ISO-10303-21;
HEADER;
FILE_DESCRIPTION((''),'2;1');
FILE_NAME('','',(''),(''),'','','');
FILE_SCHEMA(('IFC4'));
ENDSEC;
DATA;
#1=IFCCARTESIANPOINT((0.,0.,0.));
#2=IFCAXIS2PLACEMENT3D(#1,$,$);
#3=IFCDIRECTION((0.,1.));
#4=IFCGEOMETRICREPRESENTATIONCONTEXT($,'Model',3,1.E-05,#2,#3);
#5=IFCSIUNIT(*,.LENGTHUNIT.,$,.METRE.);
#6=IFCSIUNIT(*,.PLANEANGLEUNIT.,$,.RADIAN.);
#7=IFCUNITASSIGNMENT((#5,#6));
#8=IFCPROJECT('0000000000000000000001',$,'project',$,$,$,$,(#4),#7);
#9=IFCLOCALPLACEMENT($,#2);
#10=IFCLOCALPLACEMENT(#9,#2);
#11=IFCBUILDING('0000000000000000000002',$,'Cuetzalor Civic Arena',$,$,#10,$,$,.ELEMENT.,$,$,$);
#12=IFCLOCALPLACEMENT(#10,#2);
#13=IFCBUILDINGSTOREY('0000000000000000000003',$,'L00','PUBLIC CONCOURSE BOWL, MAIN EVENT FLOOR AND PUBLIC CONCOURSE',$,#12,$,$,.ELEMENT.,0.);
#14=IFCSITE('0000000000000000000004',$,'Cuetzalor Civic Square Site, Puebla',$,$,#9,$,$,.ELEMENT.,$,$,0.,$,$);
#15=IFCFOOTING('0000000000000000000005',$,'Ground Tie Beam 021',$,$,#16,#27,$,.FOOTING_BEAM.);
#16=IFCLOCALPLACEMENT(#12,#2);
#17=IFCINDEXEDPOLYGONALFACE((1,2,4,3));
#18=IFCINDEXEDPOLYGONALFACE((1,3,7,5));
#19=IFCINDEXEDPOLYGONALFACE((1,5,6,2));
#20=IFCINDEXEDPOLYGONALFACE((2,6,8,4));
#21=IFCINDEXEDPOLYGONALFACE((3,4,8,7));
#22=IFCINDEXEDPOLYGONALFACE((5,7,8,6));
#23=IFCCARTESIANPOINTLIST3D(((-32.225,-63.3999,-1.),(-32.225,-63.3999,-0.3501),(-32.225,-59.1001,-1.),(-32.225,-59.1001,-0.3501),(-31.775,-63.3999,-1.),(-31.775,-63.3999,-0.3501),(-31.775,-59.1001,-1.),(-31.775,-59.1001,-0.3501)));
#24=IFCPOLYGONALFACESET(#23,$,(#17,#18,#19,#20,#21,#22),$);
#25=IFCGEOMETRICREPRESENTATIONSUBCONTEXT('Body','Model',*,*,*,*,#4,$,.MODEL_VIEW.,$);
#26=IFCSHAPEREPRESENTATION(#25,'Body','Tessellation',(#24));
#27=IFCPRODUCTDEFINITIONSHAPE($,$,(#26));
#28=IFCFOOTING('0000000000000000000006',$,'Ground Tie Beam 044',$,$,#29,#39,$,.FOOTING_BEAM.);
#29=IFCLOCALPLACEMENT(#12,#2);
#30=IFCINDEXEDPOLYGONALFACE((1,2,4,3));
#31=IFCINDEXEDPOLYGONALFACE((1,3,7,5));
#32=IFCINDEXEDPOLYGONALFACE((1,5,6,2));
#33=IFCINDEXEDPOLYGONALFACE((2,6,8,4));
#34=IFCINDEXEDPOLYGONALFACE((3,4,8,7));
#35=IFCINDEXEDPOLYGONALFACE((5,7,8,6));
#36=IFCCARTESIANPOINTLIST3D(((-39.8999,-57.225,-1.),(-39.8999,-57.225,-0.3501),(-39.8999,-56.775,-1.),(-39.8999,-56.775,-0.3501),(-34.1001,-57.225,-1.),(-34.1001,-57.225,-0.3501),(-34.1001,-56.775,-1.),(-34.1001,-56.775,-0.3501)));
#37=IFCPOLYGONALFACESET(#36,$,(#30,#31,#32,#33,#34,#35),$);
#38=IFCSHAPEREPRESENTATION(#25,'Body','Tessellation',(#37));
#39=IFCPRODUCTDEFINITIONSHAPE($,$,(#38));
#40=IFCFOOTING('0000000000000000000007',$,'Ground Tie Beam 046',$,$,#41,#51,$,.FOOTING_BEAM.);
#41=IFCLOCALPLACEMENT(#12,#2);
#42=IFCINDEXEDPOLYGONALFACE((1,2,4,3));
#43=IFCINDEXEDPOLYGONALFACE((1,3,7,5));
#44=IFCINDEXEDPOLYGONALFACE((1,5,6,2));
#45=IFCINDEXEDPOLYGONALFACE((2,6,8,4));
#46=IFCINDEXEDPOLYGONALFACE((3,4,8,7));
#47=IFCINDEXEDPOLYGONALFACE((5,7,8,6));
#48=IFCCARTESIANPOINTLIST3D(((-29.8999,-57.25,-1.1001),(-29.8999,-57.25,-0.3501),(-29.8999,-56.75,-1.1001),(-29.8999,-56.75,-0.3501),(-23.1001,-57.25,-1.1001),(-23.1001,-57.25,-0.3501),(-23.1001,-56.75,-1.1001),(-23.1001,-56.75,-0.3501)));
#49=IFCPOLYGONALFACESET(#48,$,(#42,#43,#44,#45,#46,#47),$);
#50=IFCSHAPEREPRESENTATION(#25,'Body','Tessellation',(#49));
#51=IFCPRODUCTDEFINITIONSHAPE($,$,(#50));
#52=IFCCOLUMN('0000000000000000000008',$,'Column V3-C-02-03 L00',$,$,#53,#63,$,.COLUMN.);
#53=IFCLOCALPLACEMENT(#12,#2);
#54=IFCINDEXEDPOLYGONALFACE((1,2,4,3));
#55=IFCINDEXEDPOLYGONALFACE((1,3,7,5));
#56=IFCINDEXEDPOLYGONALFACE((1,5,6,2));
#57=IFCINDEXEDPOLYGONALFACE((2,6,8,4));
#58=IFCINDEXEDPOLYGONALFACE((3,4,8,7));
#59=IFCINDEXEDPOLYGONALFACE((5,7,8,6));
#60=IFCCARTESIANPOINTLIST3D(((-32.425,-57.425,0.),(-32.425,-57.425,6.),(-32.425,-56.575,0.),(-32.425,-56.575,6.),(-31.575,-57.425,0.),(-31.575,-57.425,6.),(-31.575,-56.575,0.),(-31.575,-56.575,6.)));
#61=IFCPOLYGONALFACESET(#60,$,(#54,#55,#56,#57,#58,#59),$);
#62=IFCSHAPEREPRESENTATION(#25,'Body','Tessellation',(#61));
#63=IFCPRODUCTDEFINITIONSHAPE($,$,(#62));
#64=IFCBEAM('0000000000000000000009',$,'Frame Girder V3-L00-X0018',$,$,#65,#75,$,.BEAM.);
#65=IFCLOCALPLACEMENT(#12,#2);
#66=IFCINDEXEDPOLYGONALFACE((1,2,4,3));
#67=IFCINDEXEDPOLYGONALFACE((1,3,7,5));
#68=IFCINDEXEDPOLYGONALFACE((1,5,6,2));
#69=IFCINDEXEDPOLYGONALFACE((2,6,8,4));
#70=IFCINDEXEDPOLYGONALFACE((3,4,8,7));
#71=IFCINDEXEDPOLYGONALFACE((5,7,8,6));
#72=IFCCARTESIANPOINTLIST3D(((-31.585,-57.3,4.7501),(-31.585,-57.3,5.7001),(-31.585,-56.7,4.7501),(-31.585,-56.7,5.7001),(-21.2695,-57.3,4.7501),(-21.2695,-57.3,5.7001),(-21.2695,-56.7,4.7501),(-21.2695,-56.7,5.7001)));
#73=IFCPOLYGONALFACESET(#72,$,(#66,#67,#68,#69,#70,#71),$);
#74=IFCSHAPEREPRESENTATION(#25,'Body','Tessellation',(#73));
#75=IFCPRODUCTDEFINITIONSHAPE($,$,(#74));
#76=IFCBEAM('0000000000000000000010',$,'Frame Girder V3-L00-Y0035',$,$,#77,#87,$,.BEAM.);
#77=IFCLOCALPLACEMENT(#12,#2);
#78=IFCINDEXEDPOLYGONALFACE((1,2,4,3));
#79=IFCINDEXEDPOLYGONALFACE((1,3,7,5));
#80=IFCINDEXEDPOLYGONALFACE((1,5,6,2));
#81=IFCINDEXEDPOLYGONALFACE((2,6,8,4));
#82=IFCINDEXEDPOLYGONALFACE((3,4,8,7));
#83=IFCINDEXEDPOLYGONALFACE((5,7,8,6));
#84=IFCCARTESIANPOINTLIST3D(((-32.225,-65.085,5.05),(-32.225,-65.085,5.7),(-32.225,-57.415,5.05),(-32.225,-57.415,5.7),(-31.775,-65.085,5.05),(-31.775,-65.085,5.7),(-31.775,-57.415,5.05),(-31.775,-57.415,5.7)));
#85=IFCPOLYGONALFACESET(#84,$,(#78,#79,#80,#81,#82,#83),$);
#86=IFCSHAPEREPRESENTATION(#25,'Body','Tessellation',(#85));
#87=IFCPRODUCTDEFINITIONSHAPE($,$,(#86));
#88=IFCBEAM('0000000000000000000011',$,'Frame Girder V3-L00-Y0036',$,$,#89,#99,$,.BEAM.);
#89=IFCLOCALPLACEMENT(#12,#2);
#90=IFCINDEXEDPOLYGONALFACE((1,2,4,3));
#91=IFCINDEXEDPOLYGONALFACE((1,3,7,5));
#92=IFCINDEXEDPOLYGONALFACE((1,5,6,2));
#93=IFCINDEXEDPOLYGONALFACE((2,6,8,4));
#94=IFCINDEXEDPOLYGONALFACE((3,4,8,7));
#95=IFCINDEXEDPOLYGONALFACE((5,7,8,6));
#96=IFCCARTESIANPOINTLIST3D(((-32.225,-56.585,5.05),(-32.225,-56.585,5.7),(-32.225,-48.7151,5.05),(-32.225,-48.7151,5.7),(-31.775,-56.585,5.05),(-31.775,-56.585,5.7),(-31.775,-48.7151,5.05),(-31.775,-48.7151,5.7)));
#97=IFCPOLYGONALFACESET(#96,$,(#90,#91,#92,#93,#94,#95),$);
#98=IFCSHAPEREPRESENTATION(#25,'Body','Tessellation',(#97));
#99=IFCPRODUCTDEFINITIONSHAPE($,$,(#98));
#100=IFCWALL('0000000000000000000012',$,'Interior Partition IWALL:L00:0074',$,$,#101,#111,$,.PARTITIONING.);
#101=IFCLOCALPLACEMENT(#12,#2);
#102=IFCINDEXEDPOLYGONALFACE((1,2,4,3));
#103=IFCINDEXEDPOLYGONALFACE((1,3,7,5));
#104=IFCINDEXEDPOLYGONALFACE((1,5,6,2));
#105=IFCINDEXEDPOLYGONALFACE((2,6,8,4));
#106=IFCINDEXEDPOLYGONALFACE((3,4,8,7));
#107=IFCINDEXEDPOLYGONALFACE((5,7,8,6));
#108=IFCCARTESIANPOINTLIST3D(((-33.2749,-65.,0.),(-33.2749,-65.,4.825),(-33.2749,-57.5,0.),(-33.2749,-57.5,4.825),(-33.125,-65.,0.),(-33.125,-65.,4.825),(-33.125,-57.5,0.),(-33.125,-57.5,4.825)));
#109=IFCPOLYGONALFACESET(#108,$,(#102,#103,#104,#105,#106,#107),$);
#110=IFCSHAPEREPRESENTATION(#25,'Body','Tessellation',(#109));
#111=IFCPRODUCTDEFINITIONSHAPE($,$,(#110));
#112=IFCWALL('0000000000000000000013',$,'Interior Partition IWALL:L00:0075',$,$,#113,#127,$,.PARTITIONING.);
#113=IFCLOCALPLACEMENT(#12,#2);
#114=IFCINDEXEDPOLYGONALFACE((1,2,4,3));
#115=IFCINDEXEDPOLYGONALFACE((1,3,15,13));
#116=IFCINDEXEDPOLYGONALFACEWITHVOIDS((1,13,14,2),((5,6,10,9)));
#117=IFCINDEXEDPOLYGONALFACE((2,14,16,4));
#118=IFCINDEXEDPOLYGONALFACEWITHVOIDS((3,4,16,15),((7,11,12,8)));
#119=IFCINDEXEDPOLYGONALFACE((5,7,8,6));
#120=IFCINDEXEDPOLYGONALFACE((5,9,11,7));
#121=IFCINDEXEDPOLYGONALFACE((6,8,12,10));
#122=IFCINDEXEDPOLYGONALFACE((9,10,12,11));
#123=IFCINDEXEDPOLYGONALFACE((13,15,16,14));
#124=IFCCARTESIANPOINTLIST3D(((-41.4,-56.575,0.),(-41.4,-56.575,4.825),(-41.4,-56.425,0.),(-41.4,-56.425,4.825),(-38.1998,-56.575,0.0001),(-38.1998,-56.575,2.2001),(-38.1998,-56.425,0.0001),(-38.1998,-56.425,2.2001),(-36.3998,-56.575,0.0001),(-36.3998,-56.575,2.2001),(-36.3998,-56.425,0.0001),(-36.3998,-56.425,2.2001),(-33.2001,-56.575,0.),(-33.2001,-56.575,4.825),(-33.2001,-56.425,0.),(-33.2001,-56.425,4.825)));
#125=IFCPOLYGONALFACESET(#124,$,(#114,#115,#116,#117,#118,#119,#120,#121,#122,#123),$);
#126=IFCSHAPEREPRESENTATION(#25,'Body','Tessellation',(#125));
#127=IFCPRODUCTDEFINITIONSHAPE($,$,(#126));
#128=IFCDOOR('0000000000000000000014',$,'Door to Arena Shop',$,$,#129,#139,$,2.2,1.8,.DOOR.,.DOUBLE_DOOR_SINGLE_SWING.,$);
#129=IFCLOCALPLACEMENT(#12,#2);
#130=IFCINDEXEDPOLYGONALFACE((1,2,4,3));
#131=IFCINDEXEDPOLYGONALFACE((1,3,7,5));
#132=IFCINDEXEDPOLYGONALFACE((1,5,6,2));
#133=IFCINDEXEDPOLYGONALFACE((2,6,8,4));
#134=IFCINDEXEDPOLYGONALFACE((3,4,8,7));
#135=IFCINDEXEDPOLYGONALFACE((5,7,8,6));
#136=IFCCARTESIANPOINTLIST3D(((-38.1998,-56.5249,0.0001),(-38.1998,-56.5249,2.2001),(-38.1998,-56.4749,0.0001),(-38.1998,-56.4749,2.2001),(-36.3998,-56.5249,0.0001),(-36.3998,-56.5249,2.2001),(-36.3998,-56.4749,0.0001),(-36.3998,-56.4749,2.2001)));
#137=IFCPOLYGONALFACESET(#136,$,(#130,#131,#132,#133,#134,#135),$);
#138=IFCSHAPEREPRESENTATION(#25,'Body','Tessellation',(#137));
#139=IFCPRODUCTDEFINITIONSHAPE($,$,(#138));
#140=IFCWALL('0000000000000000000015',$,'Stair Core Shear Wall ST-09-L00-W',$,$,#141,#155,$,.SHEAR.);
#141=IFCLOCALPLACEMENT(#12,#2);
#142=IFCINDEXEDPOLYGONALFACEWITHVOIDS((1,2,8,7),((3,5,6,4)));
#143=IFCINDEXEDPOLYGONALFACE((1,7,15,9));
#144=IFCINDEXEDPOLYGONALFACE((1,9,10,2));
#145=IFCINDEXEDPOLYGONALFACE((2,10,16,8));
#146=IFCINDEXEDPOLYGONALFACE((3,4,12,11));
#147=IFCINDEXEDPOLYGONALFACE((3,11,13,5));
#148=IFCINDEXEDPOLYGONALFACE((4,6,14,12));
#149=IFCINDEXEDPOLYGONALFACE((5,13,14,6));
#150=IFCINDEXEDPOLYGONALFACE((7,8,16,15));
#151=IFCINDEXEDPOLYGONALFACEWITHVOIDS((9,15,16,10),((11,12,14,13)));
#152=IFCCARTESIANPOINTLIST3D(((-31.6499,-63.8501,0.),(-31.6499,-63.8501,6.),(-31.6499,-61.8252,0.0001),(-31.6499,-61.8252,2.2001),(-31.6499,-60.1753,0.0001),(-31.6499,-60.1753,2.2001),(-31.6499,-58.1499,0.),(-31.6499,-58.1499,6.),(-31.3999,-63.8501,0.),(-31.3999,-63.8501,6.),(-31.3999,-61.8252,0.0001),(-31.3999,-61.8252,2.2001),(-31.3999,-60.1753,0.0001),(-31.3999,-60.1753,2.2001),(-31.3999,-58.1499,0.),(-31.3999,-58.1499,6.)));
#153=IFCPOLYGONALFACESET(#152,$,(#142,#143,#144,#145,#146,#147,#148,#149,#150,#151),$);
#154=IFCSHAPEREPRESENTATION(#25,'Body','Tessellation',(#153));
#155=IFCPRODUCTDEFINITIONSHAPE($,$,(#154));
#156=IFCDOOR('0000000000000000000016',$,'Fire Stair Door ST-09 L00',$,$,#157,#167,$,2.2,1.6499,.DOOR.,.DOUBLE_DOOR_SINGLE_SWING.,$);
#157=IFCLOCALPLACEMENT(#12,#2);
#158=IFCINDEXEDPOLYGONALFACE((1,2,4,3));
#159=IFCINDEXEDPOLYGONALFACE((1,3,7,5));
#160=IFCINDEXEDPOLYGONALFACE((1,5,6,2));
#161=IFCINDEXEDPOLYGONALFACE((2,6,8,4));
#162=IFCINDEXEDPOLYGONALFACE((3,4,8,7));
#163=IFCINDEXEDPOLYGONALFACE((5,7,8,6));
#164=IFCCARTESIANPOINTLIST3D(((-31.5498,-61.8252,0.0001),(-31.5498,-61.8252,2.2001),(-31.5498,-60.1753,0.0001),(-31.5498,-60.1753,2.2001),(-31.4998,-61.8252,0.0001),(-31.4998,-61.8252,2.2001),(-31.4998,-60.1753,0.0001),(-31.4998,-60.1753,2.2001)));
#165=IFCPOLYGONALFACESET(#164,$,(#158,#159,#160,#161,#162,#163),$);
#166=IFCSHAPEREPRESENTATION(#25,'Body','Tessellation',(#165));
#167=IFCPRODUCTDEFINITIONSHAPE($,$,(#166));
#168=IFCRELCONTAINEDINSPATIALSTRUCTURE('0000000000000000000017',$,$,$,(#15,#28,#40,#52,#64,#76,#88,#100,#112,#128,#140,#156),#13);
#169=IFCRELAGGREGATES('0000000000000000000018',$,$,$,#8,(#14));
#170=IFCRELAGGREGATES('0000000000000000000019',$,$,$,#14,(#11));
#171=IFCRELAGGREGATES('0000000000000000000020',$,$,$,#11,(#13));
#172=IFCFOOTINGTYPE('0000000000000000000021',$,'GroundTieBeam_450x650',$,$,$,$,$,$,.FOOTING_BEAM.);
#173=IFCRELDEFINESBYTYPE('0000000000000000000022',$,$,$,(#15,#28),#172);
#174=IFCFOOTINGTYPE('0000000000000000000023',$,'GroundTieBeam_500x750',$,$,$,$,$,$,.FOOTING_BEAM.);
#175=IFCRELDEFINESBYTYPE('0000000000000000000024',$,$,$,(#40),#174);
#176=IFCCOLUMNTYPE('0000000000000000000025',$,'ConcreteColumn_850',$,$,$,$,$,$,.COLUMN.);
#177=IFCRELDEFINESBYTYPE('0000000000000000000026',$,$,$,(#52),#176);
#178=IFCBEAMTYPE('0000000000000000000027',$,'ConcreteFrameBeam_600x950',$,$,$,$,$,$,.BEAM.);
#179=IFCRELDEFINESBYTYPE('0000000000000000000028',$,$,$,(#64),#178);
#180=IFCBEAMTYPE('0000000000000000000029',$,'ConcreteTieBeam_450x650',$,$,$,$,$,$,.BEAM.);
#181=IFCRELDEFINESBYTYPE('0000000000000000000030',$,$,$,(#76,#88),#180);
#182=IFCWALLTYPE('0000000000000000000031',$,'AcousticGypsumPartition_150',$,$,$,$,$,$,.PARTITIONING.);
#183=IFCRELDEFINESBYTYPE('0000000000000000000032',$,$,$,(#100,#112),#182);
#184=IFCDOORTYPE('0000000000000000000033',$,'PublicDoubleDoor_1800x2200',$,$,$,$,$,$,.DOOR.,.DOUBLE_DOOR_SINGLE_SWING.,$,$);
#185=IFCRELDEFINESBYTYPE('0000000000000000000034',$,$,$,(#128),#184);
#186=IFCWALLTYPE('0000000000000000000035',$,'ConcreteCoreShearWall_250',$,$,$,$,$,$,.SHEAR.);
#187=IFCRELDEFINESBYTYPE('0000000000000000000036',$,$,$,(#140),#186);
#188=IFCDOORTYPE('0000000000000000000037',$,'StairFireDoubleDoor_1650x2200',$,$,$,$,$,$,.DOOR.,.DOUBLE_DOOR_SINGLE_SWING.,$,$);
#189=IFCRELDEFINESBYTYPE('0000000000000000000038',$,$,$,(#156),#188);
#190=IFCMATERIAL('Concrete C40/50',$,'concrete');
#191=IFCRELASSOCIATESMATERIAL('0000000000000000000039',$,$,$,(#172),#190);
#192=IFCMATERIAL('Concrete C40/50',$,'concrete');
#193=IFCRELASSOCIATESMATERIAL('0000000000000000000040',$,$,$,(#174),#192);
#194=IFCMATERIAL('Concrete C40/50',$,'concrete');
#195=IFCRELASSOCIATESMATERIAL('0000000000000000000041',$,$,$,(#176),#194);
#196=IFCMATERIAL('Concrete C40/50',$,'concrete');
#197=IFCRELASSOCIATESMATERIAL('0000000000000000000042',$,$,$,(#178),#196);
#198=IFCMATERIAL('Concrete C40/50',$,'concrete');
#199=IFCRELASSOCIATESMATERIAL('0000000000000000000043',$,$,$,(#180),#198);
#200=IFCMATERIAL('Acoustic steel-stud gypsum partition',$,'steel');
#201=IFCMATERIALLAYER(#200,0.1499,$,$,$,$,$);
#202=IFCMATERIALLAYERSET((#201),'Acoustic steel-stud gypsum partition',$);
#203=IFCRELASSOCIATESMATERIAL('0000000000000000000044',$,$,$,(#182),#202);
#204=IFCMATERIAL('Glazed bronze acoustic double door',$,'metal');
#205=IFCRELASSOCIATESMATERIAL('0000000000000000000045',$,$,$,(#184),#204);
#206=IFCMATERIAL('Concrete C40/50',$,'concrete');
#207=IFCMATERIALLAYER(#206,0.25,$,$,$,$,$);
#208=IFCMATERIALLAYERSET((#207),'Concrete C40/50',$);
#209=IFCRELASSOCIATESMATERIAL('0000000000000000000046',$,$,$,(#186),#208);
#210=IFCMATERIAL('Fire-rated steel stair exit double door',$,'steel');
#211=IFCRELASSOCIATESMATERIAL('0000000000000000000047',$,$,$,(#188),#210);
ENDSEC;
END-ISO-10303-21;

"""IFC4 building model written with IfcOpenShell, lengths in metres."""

from ifc_helpers import new_model, si_unit, direction, frame, frame_2d, origin, origin_2d, place, context, subcontext, project, spatial, rectangle, extrude, material, layer, layer_set, material_profile, profile_set, type_object, element, fill, save


model = new_model("IFC4")

# Units and contexts
model_context = context("Model", 3, precision=1e-05, world=origin(), true_north=direction((0.0, 1.0)))
body_context = subcontext(model_context, "Body", "Model", "MODEL_VIEW")
ifc_project = project(units=[si_unit("LENGTHUNIT", "METRE"), si_unit("PLANEANGLEUNIT", "RADIAN")], contexts=[model_context])

# Site, building, storey
site_placement = place(None, origin())
site = spatial("IfcSite", under=ifc_project, at=site_placement, Name="Cuetzalor Civic Square Site, Puebla", CompositionType="ELEMENT", RefElevation=0.0)
building_placement = place(site_placement, origin())
building = spatial("IfcBuilding", under=site, at=building_placement, Name="Cuetzalor Civic Arena", CompositionType="ELEMENT")
storey_placement = place(building_placement, origin())
storey = spatial("IfcBuildingStorey", under=building, at=storey_placement, Name="L00", Description="PUBLIC CONCOURSE BOWL, MAIN EVENT FLOOR AND PUBLIC CONCOURSE", CompositionType="ELEMENT", Elevation=0.0)

# Footings
ifc_material_1 = material(Name="Concrete C40/50", Category="concrete")
ifc_material_profile_1 = material_profile(ifc_material_1, rectangle(XDim=0.45, YDim=0.6499, at=origin_2d()), Name="RC 450x650")
ifc_profile_set_1 = profile_set([ifc_material_profile_1], Name="Concrete C40/50")
footing_type_1 = type_object("IfcFootingType", Name="GroundTieBeam_450x650", PredefinedType="FOOTING_BEAM", material=ifc_profile_set_1)
footing_1_placement = place(storey_placement, frame((-32.0, -63.3999, -0.675), z_axis=(0.0, 1.0, 0.0), x_axis=(-1.0, 0.0, 0.0)))
element("IfcFooting", 1, at=footing_1_placement, inside=storey, type_object=footing_type_1, Name="Ground Tie Beam 021", PredefinedType="FOOTING_BEAM", context=body_context, shape_type="SweptSolid", body=[
    extrude(rectangle(XDim=0.45, YDim=0.6499, at=origin_2d()), origin(), (0.0, 0.0, 1.0), 4.2998),
])
footing_2_placement = place(storey_placement, frame((-39.8999, -57.0, -0.675), z_axis=(1.0, 0.0, 0.0), x_axis=(0.0, 1.0, 0.0)))
element("IfcFooting", 2, at=footing_2_placement, inside=storey, type_object=footing_type_1, Name="Ground Tie Beam 044", PredefinedType="FOOTING_BEAM", context=body_context, shape_type="SweptSolid", body=[
    extrude(rectangle(XDim=0.45, YDim=0.6499, at=origin_2d()), origin(), (0.0, 0.0, 1.0), 5.7998),
])
ifc_material_2 = material(Name="Concrete C40/50", Category="concrete")
ifc_material_profile_2 = material_profile(ifc_material_2, rectangle(XDim=0.5, YDim=0.75, at=origin_2d()), Name="RC 500x750")
ifc_profile_set_2 = profile_set([ifc_material_profile_2], Name="Concrete C40/50")
footing_type_2 = type_object("IfcFootingType", Name="GroundTieBeam_500x750", PredefinedType="FOOTING_BEAM", material=ifc_profile_set_2)
footing_3_placement = place(storey_placement, frame((-29.8999, -57.0, -0.7251), z_axis=(1.0, 0.0, 0.0), x_axis=(0.0, 1.0, 0.0)))
element("IfcFooting", 3, at=footing_3_placement, inside=storey, type_object=footing_type_2, Name="Ground Tie Beam 046", PredefinedType="FOOTING_BEAM", context=body_context, shape_type="SweptSolid", body=[
    extrude(rectangle(XDim=0.5, YDim=0.75, at=origin_2d()), origin(), (0.0, 0.0, 1.0), 6.7998),
])

# Column
ifc_material_3 = material(Name="Concrete C40/50", Category="concrete")
ifc_material_profile_3 = material_profile(ifc_material_3, rectangle(XDim=0.8501, YDim=0.8501, at=origin_2d()), Name="RC 850x850")
ifc_profile_set_3 = profile_set([ifc_material_profile_3], Name="Concrete C40/50")
column_type = type_object("IfcColumnType", Name="ConcreteColumn_850", PredefinedType="COLUMN", material=ifc_profile_set_3)
column_placement = place(storey_placement, frame((-32.0, -57.0, 0.0), z_axis=(0.0, 0.0, 1.0), x_axis=(1.0, 0.0, 0.0)))
element("IfcColumn", 4, at=column_placement, inside=storey, type_object=column_type, Name="Column V3-C-02-03 L00", PredefinedType="COLUMN", context=body_context, shape_type="SweptSolid", body=[
    extrude(rectangle(XDim=0.8501, YDim=0.8501, at=origin_2d()), origin(), (0.0, 0.0, 1.0), 6.0),
])

# Beams
ifc_material_4 = material(Name="Concrete C40/50", Category="concrete")
ifc_material_profile_4 = material_profile(ifc_material_4, rectangle(XDim=0.6001, YDim=0.95, at=origin_2d()), Name="RC 600x950")
ifc_profile_set_4 = profile_set([ifc_material_profile_4], Name="Concrete C40/50")
beam_type_1 = type_object("IfcBeamType", Name="ConcreteFrameBeam_600x950", PredefinedType="BEAM", material=ifc_profile_set_4)
beam_1_placement = place(storey_placement, frame((-31.585, -57.0, 5.2251), z_axis=(1.0, 0.0, 0.0), x_axis=(0.0, 1.0, 0.0)))
element("IfcBeam", 5, at=beam_1_placement, inside=storey, type_object=beam_type_1, Name="Frame Girder V3-L00-X0018", PredefinedType="BEAM", context=body_context, shape_type="SweptSolid", body=[
    extrude(rectangle(XDim=0.6001, YDim=0.95, at=origin_2d()), origin(), (0.0, 0.0, 1.0), 10.3154),
])
ifc_material_5 = material(Name="Concrete C40/50", Category="concrete")
ifc_material_profile_5 = material_profile(ifc_material_5, rectangle(XDim=0.45, YDim=0.6499, at=origin_2d()), Name="RC 450x650")
ifc_profile_set_5 = profile_set([ifc_material_profile_5], Name="Concrete C40/50")
beam_type_2 = type_object("IfcBeamType", Name="ConcreteTieBeam_450x650", PredefinedType="BEAM", material=ifc_profile_set_5)
beam_2_placement = place(storey_placement, frame((-32.0, -65.085, 5.375), z_axis=(0.0, 1.0, 0.0), x_axis=(-1.0, 0.0, 0.0)))
element("IfcBeam", 6, at=beam_2_placement, inside=storey, type_object=beam_type_2, Name="Frame Girder V3-L00-Y0035", PredefinedType="BEAM", context=body_context, shape_type="SweptSolid", body=[
    extrude(rectangle(XDim=0.45, YDim=0.6499, at=origin_2d()), origin(), (0.0, 0.0, 1.0), 7.6699),
])
beam_3_placement = place(storey_placement, frame((-32.0, -56.585, 5.375), z_axis=(0.0, 1.0, 0.0), x_axis=(-1.0, 0.0, 0.0)))
element("IfcBeam", 7, at=beam_3_placement, inside=storey, type_object=beam_type_2, Name="Frame Girder V3-L00-Y0036", PredefinedType="BEAM", context=body_context, shape_type="SweptSolid", body=[
    extrude(rectangle(XDim=0.45, YDim=0.6499, at=origin_2d()), origin(), (0.0, 0.0, 1.0), 7.8699),
])

# Wall
ifc_material_6 = material(Name="Acoustic steel-stud gypsum partition", Category="steel")
ifc_layer_1 = layer(ifc_material_6, 0.1499)
ifc_layer_set_1 = layer_set([ifc_layer_1], Name="Acoustic steel-stud gypsum partition")
wall_type_1 = type_object("IfcWallType", Name="AcousticGypsumPartition_150", PredefinedType="PARTITIONING", material=ifc_layer_set_1)
wall_1_placement = place(storey_placement, frame((-33.2, -57.5, 0.0), z_axis=(0.0, 0.0, 1.0), x_axis=(0.0, -1.0, 0.0)))
element("IfcWall", 8, at=wall_1_placement, inside=storey, type_object=wall_type_1, Name="Interior Partition IWALL:L00:0074", PredefinedType="PARTITIONING", context=body_context, shape_type="SweptSolid", body=[
    extrude(rectangle(XDim=7.5, YDim=0.1499, at=frame_2d((3.75, 0.0))), origin(), (0.0, 0.0, 1.0), 4.825),
])

# Walls, openings, doors
wall_2_placement = place(storey_placement, frame((-33.2, -56.5, 0.0), z_axis=(0.0, 0.0, 1.0), x_axis=(-1.0, 0.0, 0.0)))
wall_2 = element("IfcWall", 9, at=wall_2_placement, inside=storey, type_object=wall_type_1, Name="Interior Partition IWALL:L00:0075", PredefinedType="PARTITIONING", context=body_context, shape_type="SweptSolid", body=[
    extrude(rectangle(XDim=8.2, YDim=0.1499, at=frame_2d((4.1001, 0.0))), origin(), (0.0, 0.0, 1.0), 4.825),
])
opening_1_placement = place(wall_2_placement, frame((3.2, 0.0, 0.0)))
opening_1 = element("IfcOpeningElement", 10, at=opening_1_placement, cuts=wall_2, PredefinedType="OPENING", context=body_context, shape_type="SweptSolid", body=[
    extrude(rectangle(XDim=1.8, YDim=2.2, at=frame_2d((0.8999, 1.1001))), frame((0.0, 0.085, 0.0), z_axis=(0.0, -1.0, 0.0), x_axis=(1.0, 0.0, 0.0)), (0.0, 0.0, 1.0), 0.1699),
])
ifc_material_7 = material(Name="Glazed bronze acoustic double door", Category="metal")
door_type_1 = type_object("IfcDoorType", Name="PublicDoubleDoor_1800x2200", OperationType="DOUBLE_DOOR_SINGLE_SWING", PredefinedType="DOOR", material=ifc_material_7)
door_1_placement = place(opening_1_placement, origin())
door_1 = element("IfcDoor", 11, at=door_1_placement, inside=storey, type_object=door_type_1, Name="Door to Arena Shop", OperationType="DOUBLE_DOOR_SINGLE_SWING", OverallHeight=2.2, OverallWidth=1.8, PredefinedType="DOOR", context=body_context, shape_type="SweptSolid", body=[
    extrude(rectangle(XDim=1.8, YDim=2.2, at=frame_2d((0.8999, 1.1001))), frame((0.0, 0.0249, 0.0), z_axis=(0.0, -1.0, 0.0), x_axis=(1.0, 0.0, 0.0)), (0.0, 0.0, 1.0), 0.05),
])
fill(opening_1, door_1)
ifc_material_8 = material(Name="Concrete C40/50", Category="concrete")
ifc_layer_2 = layer(ifc_material_8, 0.25)
ifc_layer_set_2 = layer_set([ifc_layer_2], Name="Concrete C40/50")
wall_type_2 = type_object("IfcWallType", Name="ConcreteCoreShearWall_250", PredefinedType="SHEAR", material=ifc_layer_set_2)
wall_3_placement = place(storey_placement, frame((-31.5249, -63.8501, 0.0), z_axis=(0.0, 0.0, 1.0), x_axis=(0.0, 1.0, 0.0)))
wall_3 = element("IfcWall", 12, at=wall_3_placement, inside=storey, type_object=wall_type_2, Name="Stair Core Shear Wall ST-09-L00-W", PredefinedType="SHEAR", context=body_context, shape_type="SweptSolid", body=[
    extrude(rectangle(XDim=5.7002, YDim=0.25, at=frame_2d((2.8501, 0.0))), origin(), (0.0, 0.0, 1.0), 6.0),
])
opening_2_placement = place(wall_3_placement, frame((2.0249, 0.0, 0.0)))
opening_2 = element("IfcOpeningElement", 13, at=opening_2_placement, cuts=wall_3, PredefinedType="OPENING", context=body_context, shape_type="SweptSolid", body=[
    extrude(rectangle(XDim=1.6499, YDim=2.2, at=frame_2d((0.825, 1.1001))), frame((0.0, 0.135, 0.0), z_axis=(0.0, -1.0, 0.0), x_axis=(1.0, 0.0, 0.0)), (0.0, 0.0, 1.0), 0.27),
])
ifc_material_9 = material(Name="Fire-rated steel stair exit double door", Category="steel")
door_type_2 = type_object("IfcDoorType", Name="StairFireDoubleDoor_1650x2200", OperationType="DOUBLE_DOOR_SINGLE_SWING", PredefinedType="DOOR", material=ifc_material_9)
door_2_placement = place(opening_2_placement, origin())
door_2 = element("IfcDoor", 14, at=door_2_placement, inside=storey, type_object=door_type_2, Name="Fire Stair Door ST-09 L00", OperationType="DOUBLE_DOOR_SINGLE_SWING", OverallHeight=2.2, OverallWidth=1.6499, PredefinedType="DOOR", context=body_context, shape_type="SweptSolid", body=[
    extrude(rectangle(XDim=1.6499, YDim=2.2, at=frame_2d((0.825, 1.1001))), frame((0.0, 0.0249, 0.0), z_axis=(0.0, -1.0, 0.0), x_axis=(1.0, 0.0, 0.0)), (0.0, 0.0, 1.0), 0.05),
])
fill(opening_2, door_2)

save(model, "model.ifc")
